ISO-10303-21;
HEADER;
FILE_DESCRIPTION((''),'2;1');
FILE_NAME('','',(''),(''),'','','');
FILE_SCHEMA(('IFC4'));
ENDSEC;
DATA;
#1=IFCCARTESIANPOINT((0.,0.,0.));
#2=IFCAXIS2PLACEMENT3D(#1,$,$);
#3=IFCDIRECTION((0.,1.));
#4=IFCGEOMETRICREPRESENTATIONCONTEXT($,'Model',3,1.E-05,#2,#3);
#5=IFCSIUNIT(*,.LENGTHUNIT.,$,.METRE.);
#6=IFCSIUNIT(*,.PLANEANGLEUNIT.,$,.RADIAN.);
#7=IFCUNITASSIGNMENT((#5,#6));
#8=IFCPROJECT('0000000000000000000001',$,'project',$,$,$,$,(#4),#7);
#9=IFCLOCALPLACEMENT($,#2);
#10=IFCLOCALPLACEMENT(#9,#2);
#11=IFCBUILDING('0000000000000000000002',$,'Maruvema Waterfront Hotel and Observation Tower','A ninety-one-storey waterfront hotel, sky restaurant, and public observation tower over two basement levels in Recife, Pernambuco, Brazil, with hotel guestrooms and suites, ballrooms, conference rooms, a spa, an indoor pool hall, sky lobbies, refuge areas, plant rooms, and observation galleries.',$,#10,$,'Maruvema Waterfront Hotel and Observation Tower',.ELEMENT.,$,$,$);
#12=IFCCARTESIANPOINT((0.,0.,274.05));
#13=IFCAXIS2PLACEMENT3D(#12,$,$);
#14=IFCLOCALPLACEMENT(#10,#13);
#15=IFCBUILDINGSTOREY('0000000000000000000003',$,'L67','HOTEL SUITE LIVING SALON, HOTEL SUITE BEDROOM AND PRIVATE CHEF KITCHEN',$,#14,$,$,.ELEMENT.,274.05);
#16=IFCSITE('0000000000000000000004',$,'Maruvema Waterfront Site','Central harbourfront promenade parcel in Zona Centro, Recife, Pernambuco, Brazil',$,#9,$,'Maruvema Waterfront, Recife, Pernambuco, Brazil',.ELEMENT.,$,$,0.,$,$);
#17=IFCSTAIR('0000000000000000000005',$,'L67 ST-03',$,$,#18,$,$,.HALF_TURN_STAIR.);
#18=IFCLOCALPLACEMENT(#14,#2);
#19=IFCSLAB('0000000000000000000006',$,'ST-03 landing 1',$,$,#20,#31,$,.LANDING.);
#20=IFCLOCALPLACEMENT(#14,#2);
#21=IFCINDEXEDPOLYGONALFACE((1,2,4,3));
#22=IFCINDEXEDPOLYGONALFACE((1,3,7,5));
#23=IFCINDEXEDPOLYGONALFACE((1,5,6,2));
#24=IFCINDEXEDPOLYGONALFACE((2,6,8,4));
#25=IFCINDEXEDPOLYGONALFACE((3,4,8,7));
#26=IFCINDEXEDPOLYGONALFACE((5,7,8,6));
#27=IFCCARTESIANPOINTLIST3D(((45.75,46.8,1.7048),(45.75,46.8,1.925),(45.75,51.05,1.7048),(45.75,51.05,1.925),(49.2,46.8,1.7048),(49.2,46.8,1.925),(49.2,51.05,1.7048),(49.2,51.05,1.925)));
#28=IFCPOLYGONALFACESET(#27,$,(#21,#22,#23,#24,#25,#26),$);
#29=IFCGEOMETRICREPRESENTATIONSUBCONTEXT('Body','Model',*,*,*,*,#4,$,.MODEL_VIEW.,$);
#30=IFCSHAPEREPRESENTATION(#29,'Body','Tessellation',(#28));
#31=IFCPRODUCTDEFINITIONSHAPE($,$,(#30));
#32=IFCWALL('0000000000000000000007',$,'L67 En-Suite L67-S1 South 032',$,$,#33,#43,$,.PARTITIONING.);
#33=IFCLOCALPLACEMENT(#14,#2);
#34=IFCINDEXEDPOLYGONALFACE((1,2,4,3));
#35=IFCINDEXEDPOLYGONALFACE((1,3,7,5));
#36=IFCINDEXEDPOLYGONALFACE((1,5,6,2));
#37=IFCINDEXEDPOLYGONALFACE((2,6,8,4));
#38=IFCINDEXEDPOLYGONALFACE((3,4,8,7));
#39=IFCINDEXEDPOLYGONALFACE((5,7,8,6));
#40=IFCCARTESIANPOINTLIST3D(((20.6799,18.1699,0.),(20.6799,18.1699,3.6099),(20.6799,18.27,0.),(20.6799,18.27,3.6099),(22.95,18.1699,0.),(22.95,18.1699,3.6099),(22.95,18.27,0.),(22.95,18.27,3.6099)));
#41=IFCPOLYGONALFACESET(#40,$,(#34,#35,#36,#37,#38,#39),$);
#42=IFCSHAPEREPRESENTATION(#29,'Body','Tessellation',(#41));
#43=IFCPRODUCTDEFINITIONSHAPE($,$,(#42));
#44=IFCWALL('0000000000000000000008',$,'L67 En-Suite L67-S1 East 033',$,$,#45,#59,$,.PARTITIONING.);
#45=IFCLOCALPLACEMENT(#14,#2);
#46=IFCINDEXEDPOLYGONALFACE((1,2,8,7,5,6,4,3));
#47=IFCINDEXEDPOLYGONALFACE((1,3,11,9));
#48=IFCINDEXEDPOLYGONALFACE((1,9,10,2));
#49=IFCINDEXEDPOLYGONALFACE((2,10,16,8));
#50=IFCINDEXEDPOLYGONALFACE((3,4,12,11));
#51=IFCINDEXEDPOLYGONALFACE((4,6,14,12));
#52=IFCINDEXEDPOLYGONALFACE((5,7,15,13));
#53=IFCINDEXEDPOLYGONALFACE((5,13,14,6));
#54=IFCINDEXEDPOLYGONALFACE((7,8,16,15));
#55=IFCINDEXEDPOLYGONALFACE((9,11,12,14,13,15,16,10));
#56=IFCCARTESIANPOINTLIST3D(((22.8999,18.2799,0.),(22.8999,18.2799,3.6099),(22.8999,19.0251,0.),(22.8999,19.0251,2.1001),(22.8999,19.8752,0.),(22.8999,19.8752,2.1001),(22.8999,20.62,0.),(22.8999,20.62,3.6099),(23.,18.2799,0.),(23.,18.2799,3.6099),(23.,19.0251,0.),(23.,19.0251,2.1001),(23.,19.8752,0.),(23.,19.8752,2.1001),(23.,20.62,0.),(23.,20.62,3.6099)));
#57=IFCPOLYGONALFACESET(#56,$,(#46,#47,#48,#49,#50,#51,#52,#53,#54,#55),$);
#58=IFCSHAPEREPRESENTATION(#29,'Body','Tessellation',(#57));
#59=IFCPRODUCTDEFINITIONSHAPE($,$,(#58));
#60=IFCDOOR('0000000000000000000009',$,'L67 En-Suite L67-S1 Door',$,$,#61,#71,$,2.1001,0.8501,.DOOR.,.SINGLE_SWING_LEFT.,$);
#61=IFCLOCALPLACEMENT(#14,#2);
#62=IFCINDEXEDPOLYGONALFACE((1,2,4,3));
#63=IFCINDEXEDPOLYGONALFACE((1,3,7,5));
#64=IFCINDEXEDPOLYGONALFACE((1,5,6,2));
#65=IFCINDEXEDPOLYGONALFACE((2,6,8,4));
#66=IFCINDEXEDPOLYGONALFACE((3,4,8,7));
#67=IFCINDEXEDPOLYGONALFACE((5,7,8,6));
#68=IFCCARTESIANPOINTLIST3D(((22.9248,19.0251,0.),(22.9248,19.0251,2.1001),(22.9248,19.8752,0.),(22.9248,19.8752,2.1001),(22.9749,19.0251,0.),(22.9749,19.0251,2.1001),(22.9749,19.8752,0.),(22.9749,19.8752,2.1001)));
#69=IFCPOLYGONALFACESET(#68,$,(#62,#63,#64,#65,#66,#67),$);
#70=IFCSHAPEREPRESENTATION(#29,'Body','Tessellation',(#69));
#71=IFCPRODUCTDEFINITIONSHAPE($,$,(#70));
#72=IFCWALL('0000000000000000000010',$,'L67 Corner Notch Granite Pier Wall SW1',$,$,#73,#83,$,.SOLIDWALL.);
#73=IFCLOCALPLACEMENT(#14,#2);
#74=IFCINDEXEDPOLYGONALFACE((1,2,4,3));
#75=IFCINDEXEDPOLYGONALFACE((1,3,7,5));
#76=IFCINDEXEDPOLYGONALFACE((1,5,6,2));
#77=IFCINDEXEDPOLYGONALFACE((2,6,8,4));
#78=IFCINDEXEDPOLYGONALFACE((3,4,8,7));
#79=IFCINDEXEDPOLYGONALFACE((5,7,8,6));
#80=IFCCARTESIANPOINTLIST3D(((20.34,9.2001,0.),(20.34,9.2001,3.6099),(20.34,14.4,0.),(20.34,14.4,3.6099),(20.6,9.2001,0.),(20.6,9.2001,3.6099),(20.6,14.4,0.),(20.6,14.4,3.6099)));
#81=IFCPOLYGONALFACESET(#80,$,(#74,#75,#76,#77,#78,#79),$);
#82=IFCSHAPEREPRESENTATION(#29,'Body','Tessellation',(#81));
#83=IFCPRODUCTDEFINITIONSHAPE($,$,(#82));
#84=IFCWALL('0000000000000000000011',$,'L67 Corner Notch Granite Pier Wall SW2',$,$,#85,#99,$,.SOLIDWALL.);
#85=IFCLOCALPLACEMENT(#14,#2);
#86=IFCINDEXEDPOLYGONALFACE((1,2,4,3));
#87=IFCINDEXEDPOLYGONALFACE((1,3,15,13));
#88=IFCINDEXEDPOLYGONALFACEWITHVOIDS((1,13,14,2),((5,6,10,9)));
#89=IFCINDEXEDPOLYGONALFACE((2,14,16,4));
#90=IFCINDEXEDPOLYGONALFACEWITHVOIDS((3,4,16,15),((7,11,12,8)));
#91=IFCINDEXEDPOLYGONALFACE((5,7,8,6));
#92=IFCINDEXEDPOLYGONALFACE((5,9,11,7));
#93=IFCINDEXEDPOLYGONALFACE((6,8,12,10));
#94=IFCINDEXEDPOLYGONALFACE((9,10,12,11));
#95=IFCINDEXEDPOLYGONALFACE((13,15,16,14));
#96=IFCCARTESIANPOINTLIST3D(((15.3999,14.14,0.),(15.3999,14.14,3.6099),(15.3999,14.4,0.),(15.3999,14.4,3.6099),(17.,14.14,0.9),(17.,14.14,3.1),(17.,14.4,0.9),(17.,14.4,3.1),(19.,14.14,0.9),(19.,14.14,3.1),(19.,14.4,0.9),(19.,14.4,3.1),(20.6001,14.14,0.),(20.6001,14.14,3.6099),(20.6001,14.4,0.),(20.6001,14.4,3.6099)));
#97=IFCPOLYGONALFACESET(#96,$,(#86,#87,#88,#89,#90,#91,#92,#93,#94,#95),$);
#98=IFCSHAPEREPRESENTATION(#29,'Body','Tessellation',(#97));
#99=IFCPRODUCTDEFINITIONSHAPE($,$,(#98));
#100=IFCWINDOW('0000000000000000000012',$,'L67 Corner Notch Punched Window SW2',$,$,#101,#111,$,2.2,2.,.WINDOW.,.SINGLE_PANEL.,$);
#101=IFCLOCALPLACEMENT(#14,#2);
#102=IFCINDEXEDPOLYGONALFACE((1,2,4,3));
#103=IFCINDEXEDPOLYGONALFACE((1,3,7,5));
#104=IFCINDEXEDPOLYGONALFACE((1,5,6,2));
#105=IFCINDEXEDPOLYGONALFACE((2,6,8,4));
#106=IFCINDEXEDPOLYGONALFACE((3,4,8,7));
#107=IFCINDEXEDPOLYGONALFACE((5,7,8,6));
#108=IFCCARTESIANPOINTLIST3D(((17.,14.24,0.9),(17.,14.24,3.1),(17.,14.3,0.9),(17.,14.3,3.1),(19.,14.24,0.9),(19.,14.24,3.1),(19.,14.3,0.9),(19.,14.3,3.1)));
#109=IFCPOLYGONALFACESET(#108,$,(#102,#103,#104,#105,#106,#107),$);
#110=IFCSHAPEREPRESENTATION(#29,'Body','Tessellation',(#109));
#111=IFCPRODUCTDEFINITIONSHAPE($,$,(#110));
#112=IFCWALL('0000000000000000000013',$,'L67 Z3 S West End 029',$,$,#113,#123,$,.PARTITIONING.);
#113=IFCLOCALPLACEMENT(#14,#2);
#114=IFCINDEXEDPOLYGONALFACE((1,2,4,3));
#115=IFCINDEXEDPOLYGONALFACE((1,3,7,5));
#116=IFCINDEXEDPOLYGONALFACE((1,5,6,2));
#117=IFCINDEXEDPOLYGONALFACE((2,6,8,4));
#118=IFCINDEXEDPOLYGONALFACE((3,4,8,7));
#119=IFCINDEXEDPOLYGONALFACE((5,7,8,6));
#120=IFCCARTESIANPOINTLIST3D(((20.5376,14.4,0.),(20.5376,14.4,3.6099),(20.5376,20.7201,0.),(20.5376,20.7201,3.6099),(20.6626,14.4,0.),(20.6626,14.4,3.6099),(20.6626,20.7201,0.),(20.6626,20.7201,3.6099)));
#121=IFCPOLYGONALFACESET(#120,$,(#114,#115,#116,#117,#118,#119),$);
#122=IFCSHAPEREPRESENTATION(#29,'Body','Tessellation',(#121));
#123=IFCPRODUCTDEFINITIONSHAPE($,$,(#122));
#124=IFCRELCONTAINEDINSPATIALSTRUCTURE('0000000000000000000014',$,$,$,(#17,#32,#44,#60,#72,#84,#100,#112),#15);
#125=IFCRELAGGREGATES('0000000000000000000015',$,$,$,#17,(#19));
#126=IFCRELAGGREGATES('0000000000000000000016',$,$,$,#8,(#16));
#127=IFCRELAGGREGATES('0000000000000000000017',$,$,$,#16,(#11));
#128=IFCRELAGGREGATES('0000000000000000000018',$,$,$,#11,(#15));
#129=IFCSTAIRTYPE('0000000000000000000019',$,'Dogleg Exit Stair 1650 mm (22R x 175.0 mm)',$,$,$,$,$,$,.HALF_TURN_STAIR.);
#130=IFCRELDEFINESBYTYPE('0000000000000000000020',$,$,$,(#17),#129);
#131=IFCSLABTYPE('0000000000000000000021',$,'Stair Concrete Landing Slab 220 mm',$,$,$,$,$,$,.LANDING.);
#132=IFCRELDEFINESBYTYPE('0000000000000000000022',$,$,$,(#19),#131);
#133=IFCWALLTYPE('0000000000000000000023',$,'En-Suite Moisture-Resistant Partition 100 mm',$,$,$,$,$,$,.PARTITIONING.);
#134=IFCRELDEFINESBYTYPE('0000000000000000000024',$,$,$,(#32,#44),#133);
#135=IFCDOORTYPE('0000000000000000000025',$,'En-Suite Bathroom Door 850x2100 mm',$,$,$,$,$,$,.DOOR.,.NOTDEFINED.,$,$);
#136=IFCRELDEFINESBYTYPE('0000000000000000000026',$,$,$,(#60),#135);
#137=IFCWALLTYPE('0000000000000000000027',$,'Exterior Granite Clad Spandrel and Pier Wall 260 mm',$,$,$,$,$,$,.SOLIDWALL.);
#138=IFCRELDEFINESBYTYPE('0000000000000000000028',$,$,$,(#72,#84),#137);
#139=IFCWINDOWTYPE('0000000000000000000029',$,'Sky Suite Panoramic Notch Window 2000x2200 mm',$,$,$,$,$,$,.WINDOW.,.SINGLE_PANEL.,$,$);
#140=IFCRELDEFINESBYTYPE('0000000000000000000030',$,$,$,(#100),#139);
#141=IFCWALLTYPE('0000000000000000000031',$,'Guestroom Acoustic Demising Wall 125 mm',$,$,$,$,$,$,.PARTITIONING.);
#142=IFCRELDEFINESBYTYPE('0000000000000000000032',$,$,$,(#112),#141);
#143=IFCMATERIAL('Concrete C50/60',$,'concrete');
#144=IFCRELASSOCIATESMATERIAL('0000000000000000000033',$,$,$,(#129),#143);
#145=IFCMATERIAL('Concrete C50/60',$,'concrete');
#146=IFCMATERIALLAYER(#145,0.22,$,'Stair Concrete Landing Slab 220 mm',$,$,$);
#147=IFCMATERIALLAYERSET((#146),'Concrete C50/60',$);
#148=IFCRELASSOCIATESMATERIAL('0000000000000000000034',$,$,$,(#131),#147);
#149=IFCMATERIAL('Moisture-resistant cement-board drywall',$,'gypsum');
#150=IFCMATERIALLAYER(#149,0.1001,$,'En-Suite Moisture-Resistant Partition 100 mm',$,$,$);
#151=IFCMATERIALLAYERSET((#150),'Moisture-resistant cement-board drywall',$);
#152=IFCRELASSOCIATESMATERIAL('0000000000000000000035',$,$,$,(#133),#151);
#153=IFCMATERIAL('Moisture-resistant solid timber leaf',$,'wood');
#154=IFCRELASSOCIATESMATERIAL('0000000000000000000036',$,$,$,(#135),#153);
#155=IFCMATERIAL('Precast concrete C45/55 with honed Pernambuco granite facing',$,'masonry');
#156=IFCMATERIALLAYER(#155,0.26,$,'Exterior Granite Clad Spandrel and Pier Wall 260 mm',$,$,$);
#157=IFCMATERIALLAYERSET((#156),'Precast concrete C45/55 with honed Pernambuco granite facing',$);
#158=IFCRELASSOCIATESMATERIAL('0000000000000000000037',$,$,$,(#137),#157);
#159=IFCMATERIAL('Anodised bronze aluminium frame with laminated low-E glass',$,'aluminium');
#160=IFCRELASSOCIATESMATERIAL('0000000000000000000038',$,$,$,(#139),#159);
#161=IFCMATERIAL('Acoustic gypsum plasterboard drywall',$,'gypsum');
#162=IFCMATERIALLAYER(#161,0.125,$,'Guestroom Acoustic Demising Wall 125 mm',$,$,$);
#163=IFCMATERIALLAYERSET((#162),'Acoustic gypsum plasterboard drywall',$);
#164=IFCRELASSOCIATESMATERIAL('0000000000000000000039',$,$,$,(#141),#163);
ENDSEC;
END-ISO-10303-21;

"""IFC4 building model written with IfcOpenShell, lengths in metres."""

from ifc_helpers import new_model, si_unit, direction, frame, frame_2d, origin, place, context, subcontext, project, spatial, polyline, rectangle, outline, extrude, material, layer, layer_set, type_object, element, fill, aggregate, save


model = new_model("IFC4")

# Units and contexts
model_context = context("Model", 3, precision=1e-05, world=origin(), true_north=direction((0.0, 1.0)))
body_context = subcontext(model_context, "Body", "Model", "MODEL_VIEW")
ifc_project = project(units=[si_unit("LENGTHUNIT", "METRE"), si_unit("PLANEANGLEUNIT", "RADIAN")], contexts=[model_context])

# Site, building, storey
site_placement = place(None, origin())
site = spatial("IfcSite", under=ifc_project, at=site_placement, Name="Maruvema Waterfront Site", Description="Central harbourfront promenade parcel in Zona Centro, Recife, Pernambuco, Brazil", LongName="Maruvema Waterfront, Recife, Pernambuco, Brazil", CompositionType="ELEMENT", RefElevation=0.0)
building_placement = place(site_placement, origin())
building = spatial("IfcBuilding", under=site, at=building_placement, Name="Maruvema Waterfront Hotel and Observation Tower", Description="A ninety-one-storey waterfront hotel, sky restaurant, and public observation tower over two basement levels in Recife, Pernambuco, Brazil, with hotel guestrooms and suites, ballrooms, conference rooms, a spa, an indoor pool hall, sky lobbies, refuge areas, plant rooms, and observation galleries.", LongName="Maruvema Waterfront Hotel and Observation Tower", CompositionType="ELEMENT")
storey_placement = place(building_placement, frame((0.0, 0.0, 274.05)))
storey = spatial("IfcBuildingStorey", under=building, at=storey_placement, Name="L67", Description="HOTEL SUITE LIVING SALON, HOTEL SUITE BEDROOM AND PRIVATE CHEF KITCHEN", CompositionType="ELEMENT", Elevation=274.05)

# Stair, slab
ifc_material_1 = material(Name="Concrete C50/60", Category="concrete")
stair_type = type_object("IfcStairType", Name="Dogleg Exit Stair 1650 mm (22R x 175.0 mm)", PredefinedType="HALF_TURN_STAIR", material=ifc_material_1)
ifc_material_2 = material(Name="Concrete C50/60", Category="concrete")
ifc_layer_1 = layer(ifc_material_2, 0.22, Name="Stair Concrete Landing Slab 220 mm")
ifc_layer_set_1 = layer_set([ifc_layer_1], Name="Concrete C50/60")
slab_type_1 = type_object("IfcSlabType", Name="Stair Concrete Landing Slab 220 mm", PredefinedType="LANDING", material=ifc_layer_set_1)
stair_1_placement = place(storey_placement, origin())
stair_1 = element("IfcStair", 1, at=stair_1_placement, inside=storey, type_object=stair_type, Name="L67 ST-03", PredefinedType="HALF_TURN_STAIR")
slab_1_placement = place(storey_placement, frame((0.0, 0.0, 1.7048)))
slab_1 = element("IfcSlab", 2, at=slab_1_placement, type_object=slab_type_1, Name="ST-03 landing 1", PredefinedType="LANDING", context=body_context, shape_type="SweptSolid", body=[
    extrude(outline(polyline([(49.2, 46.8), (49.2, 51.05), (45.75, 51.05), (45.75, 46.8), (49.2, 46.8)])), origin(), (0.0, 0.0, 1.0), 0.2202),
])
aggregate(stair_1, [slab_1])

# Wall
ifc_material_3 = material(Name="Moisture-resistant cement-board drywall", Category="gypsum")
ifc_layer_2 = layer(ifc_material_3, 0.1001, Name="En-Suite Moisture-Resistant Partition 100 mm")
ifc_layer_set_2 = layer_set([ifc_layer_2], Name="Moisture-resistant cement-board drywall")
wall_type_1 = type_object("IfcWallType", Name="En-Suite Moisture-Resistant Partition 100 mm", PredefinedType="PARTITIONING", material=ifc_layer_set_2)
wall_1_placement = place(storey_placement, frame((20.6799, 18.22, 0.0), z_axis=(0.0, 0.0, 1.0), x_axis=(1.0, 0.0, 0.0)))
element("IfcWall", 3, at=wall_1_placement, inside=storey, type_object=wall_type_1, Name="L67 En-Suite L67-S1 South 032", PredefinedType="PARTITIONING", context=body_context, shape_type="SweptSolid", body=[
    extrude(rectangle(XDim=2.27, YDim=0.1001, at=frame_2d((1.135, 0.0))), origin(), (0.0, 0.0, 1.0), 3.6099),
])

# Wall, opening, door
wall_2_placement = place(storey_placement, frame((22.95, 18.28, 0.0), z_axis=(0.0, 0.0, 1.0), x_axis=(0.0, 1.0, 0.0)))
wall_2 = element("IfcWall", 4, at=wall_2_placement, inside=storey, type_object=wall_type_1, Name="L67 En-Suite L67-S1 East 033", PredefinedType="PARTITIONING", context=body_context, shape_type="SweptSolid", body=[
    extrude(rectangle(XDim=2.3401, YDim=0.1001, at=frame_2d((1.1699, 0.0))), origin(), (0.0, 0.0, 1.0), 3.6099),
])
opening_1_placement = place(wall_2_placement, frame((0.7451, 0.0, 0.0)))
opening_1 = element("IfcOpeningElement", 5, at=opening_1_placement, cuts=wall_2, PredefinedType="OPENING", context=body_context, shape_type="SweptSolid", body=[
    extrude(rectangle(XDim=0.8501, YDim=2.1001, at=frame_2d((0.425, 1.05))), frame((0.0, 0.0601, 0.0), z_axis=(0.0, -1.0, 0.0), x_axis=(1.0, 0.0, 0.0)), (0.0, 0.0, 1.0), 0.1201),
])
ifc_material_4 = material(Name="Moisture-resistant solid timber leaf", Category="wood")
door_type = type_object("IfcDoorType", Name="En-Suite Bathroom Door 850x2100 mm", OperationType="NOTDEFINED", PredefinedType="DOOR", material=ifc_material_4)
door_placement = place(opening_1_placement, frame((0.8501, 0.0, 0.0), z_axis=(0.0, 0.0, 1.0), x_axis=(-1.0, 0.0, 0.0)))
door = element("IfcDoor", 6, at=door_placement, inside=storey, type_object=door_type, Name="L67 En-Suite L67-S1 Door", OperationType="SINGLE_SWING_LEFT", OverallHeight=2.1001, OverallWidth=0.8501, PredefinedType="DOOR", context=body_context, shape_type="SweptSolid", body=[
    extrude(rectangle(XDim=0.8501, YDim=2.1001, at=frame_2d((0.425, 1.05))), frame((0.0, 0.0249, 0.0), z_axis=(0.0, -1.0, 0.0), x_axis=(1.0, 0.0, 0.0)), (0.0, 0.0, 1.0), 0.05),
])
fill(opening_1, door)

# Wall
ifc_material_5 = material(Name="Precast concrete C45/55 with honed Pernambuco granite facing", Category="masonry")
ifc_layer_3 = layer(ifc_material_5, 0.26, Name="Exterior Granite Clad Spandrel and Pier Wall 260 mm")
ifc_layer_set_3 = layer_set([ifc_layer_3], Name="Precast concrete C45/55 with honed Pernambuco granite facing")
wall_type_2 = type_object("IfcWallType", Name="Exterior Granite Clad Spandrel and Pier Wall 260 mm", PredefinedType="SOLIDWALL", material=ifc_layer_set_3)
wall_3_placement = place(storey_placement, frame((20.47, 9.2, 0.0), z_axis=(0.0, 0.0, 1.0), x_axis=(0.0, 1.0, 0.0)))
element("IfcWall", 7, at=wall_3_placement, inside=storey, type_object=wall_type_2, Name="L67 Corner Notch Granite Pier Wall SW1", PredefinedType="SOLIDWALL", context=body_context, shape_type="SweptSolid", body=[
    extrude(rectangle(XDim=5.2, YDim=0.26, at=frame_2d((2.6001, 0.0))), origin(), (0.0, 0.0, 1.0), 3.6099),
])

# Wall, opening, window
wall_4_placement = place(storey_placement, frame((20.6001, 14.27, 0.0), z_axis=(0.0, 0.0, 1.0), x_axis=(-1.0, 0.0, 0.0)))
wall_4 = element("IfcWall", 8, at=wall_4_placement, inside=storey, type_object=wall_type_2, Name="L67 Corner Notch Granite Pier Wall SW2", PredefinedType="SOLIDWALL", context=body_context, shape_type="SweptSolid", body=[
    extrude(rectangle(XDim=5.2002, YDim=0.26, at=frame_2d((2.6001, 0.0))), origin(), (0.0, 0.0, 1.0), 3.6099),
])
opening_2_placement = place(wall_4_placement, frame((1.6001, 0.0, 0.8999)))
opening_2 = element("IfcOpeningElement", 9, at=opening_2_placement, cuts=wall_4, PredefinedType="OPENING", context=body_context, shape_type="SweptSolid", body=[
    extrude(rectangle(XDim=2.0, YDim=2.2, at=frame_2d((1.0, 1.1001))), frame((0.0, 0.1401, 0.0), z_axis=(0.0, -1.0, 0.0), x_axis=(1.0, 0.0, 0.0)), (0.0, 0.0, 1.0), 0.28),
])
ifc_material_6 = material(Name="Anodised bronze aluminium frame with laminated low-E glass", Category="aluminium")
window_type = type_object("IfcWindowType", Name="Sky Suite Panoramic Notch Window 2000x2200 mm", PartitioningType="SINGLE_PANEL", PredefinedType="WINDOW", material=ifc_material_6)
window_placement = place(opening_2_placement, origin())
window = element("IfcWindow", 10, at=window_placement, inside=storey, type_object=window_type, Name="L67 Corner Notch Punched Window SW2", OverallHeight=2.2, OverallWidth=2.0, PartitioningType="SINGLE_PANEL", PredefinedType="WINDOW", context=body_context, shape_type="SweptSolid", body=[
    extrude(rectangle(XDim=2.0, YDim=2.2, at=frame_2d((1.0, 1.1001))), frame((0.0, 0.03, 0.0), z_axis=(0.0, -1.0, 0.0), x_axis=(1.0, 0.0, 0.0)), (0.0, 0.0, 1.0), 0.0601),
])
fill(opening_2, window)

# Wall
ifc_material_7 = material(Name="Acoustic gypsum plasterboard drywall", Category="gypsum")
ifc_layer_4 = layer(ifc_material_7, 0.125, Name="Guestroom Acoustic Demising Wall 125 mm")
ifc_layer_set_4 = layer_set([ifc_layer_4], Name="Acoustic gypsum plasterboard drywall")
wall_type_3 = type_object("IfcWallType", Name="Guestroom Acoustic Demising Wall 125 mm", PredefinedType="PARTITIONING", material=ifc_layer_set_4)
wall_5_placement = place(storey_placement, frame((20.6001, 14.3999, 0.0), z_axis=(0.0, 0.0, 1.0), x_axis=(0.0, 1.0, 0.0)))
element("IfcWall", 11, at=wall_5_placement, inside=storey, type_object=wall_type_3, Name="L67 Z3 S West End 029", PredefinedType="PARTITIONING", context=body_context, shape_type="SweptSolid", body=[
    extrude(rectangle(XDim=6.3201, YDim=0.125, at=frame_2d((3.1602, 0.0))), origin(), (0.0, 0.0, 1.0), 3.6099),
])

save(model, "model.ifc")
